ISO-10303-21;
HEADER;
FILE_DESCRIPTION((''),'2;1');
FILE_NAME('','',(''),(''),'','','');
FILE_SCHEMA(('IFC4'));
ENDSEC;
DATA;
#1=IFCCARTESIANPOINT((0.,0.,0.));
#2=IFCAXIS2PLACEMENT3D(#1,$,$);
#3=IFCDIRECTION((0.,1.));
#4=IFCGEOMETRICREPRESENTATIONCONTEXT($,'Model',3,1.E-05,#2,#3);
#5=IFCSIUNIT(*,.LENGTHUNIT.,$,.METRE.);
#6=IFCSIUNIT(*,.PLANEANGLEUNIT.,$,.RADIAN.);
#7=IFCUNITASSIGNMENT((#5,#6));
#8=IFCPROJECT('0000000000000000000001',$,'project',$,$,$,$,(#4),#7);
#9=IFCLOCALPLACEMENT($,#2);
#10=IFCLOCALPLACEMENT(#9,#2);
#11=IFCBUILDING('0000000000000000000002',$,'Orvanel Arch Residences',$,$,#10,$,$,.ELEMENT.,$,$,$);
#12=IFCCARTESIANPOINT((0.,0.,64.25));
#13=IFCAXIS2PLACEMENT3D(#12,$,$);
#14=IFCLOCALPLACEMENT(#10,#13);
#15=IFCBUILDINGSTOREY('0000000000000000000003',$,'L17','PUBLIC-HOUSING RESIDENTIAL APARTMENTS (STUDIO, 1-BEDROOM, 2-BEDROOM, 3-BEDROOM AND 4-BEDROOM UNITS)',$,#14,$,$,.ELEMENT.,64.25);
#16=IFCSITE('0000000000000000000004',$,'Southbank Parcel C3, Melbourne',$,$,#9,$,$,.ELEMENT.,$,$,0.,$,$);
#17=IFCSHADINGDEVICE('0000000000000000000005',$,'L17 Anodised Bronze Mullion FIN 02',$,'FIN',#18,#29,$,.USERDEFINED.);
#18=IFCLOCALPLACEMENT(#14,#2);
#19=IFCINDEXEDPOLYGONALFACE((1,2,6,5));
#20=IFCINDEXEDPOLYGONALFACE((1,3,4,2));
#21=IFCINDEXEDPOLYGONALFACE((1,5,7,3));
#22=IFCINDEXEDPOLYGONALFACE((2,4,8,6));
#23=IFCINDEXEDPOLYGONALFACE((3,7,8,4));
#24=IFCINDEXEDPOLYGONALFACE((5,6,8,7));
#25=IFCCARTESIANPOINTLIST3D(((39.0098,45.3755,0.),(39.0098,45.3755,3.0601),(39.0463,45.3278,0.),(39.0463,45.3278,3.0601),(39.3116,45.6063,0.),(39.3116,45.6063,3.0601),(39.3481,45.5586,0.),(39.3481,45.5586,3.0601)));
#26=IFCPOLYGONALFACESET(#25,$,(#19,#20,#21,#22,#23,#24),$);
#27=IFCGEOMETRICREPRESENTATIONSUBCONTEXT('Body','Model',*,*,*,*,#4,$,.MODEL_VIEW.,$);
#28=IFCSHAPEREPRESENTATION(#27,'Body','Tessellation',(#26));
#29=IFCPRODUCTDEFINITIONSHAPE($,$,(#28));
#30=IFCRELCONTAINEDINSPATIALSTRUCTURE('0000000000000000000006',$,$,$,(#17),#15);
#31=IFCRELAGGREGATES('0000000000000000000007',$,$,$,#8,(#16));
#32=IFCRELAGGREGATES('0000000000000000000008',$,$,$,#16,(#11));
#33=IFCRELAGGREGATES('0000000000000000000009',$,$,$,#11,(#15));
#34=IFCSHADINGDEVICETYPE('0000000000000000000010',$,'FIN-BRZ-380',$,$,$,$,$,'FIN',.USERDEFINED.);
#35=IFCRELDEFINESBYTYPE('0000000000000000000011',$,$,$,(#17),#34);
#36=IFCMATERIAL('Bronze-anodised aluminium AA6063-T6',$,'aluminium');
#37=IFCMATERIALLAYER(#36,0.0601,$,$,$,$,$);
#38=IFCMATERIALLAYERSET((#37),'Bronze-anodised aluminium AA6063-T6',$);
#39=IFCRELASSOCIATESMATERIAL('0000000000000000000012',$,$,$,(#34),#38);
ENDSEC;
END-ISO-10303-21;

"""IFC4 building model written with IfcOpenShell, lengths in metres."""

from ifc_helpers import new_model, si_unit, direction, frame, origin, origin_2d, place, context, subcontext, project, spatial, rectangle, extrude, material, layer, layer_set, type_object, element, save


model = new_model("IFC4")

# Units and contexts
model_context = context("Model", 3, precision=1e-05, world=origin(), true_north=direction((0.0, 1.0)))
body_context = subcontext(model_context, "Body", "Model", "MODEL_VIEW")
ifc_project = project(units=[si_unit("LENGTHUNIT", "METRE"), si_unit("PLANEANGLEUNIT", "RADIAN")], contexts=[model_context])

# Site, building, storey
site_placement = place(None, origin())
site = spatial("IfcSite", under=ifc_project, at=site_placement, Name="Southbank Parcel C3, Melbourne", CompositionType="ELEMENT", RefElevation=0.0)
building_placement = place(site_placement, origin())
building = spatial("IfcBuilding", under=site, at=building_placement, Name="Orvanel Arch Residences", CompositionType="ELEMENT")
storey_placement = place(building_placement, frame((0.0, 0.0, 64.25)))
storey = spatial("IfcBuildingStorey", under=building, at=storey_placement, Name="L17", Description="PUBLIC-HOUSING RESIDENTIAL APARTMENTS (STUDIO, 1-BEDROOM, 2-BEDROOM, 3-BEDROOM AND 4-BEDROOM UNITS)", CompositionType="ELEMENT", Elevation=64.25)

# Shared definitions
ifc_material_1 = material(Name="Bronze-anodised aluminium AA6063-T6", Category="aluminium")

# Shading device
ifc_layer_1 = layer(ifc_material_1, 0.0601)
ifc_layer_set_1 = layer_set([ifc_layer_1], Name="Bronze-anodised aluminium AA6063-T6")
shading_device_type = type_object("IfcShadingDeviceType", Name="FIN-BRZ-380", ElementType="FIN", PredefinedType="USERDEFINED", material=ifc_layer_set_1)
for number, where, z_axis, x_axis, name in (
    (1, (39.179, 45.467, 0.0), (0.0, 0.0, 1.0), (0.794415, 0.607376, 0.0), "L17 Anodised Bronze Mullion FIN 02"),
):
    element("IfcShadingDevice", number, at=place(storey_placement, frame(where, z_axis=z_axis, x_axis=x_axis)), inside=storey, type_object=shading_device_type, Name=name, ObjectType="FIN", PredefinedType="USERDEFINED", context=body_context, shape_type="SweptSolid", body=[
        extrude(rectangle(XDim=0.3799, YDim=0.0601, at=origin_2d()), origin(), (0.0, 0.0, 1.0), 3.0601),
    ])

save(model, "model.ifc")
